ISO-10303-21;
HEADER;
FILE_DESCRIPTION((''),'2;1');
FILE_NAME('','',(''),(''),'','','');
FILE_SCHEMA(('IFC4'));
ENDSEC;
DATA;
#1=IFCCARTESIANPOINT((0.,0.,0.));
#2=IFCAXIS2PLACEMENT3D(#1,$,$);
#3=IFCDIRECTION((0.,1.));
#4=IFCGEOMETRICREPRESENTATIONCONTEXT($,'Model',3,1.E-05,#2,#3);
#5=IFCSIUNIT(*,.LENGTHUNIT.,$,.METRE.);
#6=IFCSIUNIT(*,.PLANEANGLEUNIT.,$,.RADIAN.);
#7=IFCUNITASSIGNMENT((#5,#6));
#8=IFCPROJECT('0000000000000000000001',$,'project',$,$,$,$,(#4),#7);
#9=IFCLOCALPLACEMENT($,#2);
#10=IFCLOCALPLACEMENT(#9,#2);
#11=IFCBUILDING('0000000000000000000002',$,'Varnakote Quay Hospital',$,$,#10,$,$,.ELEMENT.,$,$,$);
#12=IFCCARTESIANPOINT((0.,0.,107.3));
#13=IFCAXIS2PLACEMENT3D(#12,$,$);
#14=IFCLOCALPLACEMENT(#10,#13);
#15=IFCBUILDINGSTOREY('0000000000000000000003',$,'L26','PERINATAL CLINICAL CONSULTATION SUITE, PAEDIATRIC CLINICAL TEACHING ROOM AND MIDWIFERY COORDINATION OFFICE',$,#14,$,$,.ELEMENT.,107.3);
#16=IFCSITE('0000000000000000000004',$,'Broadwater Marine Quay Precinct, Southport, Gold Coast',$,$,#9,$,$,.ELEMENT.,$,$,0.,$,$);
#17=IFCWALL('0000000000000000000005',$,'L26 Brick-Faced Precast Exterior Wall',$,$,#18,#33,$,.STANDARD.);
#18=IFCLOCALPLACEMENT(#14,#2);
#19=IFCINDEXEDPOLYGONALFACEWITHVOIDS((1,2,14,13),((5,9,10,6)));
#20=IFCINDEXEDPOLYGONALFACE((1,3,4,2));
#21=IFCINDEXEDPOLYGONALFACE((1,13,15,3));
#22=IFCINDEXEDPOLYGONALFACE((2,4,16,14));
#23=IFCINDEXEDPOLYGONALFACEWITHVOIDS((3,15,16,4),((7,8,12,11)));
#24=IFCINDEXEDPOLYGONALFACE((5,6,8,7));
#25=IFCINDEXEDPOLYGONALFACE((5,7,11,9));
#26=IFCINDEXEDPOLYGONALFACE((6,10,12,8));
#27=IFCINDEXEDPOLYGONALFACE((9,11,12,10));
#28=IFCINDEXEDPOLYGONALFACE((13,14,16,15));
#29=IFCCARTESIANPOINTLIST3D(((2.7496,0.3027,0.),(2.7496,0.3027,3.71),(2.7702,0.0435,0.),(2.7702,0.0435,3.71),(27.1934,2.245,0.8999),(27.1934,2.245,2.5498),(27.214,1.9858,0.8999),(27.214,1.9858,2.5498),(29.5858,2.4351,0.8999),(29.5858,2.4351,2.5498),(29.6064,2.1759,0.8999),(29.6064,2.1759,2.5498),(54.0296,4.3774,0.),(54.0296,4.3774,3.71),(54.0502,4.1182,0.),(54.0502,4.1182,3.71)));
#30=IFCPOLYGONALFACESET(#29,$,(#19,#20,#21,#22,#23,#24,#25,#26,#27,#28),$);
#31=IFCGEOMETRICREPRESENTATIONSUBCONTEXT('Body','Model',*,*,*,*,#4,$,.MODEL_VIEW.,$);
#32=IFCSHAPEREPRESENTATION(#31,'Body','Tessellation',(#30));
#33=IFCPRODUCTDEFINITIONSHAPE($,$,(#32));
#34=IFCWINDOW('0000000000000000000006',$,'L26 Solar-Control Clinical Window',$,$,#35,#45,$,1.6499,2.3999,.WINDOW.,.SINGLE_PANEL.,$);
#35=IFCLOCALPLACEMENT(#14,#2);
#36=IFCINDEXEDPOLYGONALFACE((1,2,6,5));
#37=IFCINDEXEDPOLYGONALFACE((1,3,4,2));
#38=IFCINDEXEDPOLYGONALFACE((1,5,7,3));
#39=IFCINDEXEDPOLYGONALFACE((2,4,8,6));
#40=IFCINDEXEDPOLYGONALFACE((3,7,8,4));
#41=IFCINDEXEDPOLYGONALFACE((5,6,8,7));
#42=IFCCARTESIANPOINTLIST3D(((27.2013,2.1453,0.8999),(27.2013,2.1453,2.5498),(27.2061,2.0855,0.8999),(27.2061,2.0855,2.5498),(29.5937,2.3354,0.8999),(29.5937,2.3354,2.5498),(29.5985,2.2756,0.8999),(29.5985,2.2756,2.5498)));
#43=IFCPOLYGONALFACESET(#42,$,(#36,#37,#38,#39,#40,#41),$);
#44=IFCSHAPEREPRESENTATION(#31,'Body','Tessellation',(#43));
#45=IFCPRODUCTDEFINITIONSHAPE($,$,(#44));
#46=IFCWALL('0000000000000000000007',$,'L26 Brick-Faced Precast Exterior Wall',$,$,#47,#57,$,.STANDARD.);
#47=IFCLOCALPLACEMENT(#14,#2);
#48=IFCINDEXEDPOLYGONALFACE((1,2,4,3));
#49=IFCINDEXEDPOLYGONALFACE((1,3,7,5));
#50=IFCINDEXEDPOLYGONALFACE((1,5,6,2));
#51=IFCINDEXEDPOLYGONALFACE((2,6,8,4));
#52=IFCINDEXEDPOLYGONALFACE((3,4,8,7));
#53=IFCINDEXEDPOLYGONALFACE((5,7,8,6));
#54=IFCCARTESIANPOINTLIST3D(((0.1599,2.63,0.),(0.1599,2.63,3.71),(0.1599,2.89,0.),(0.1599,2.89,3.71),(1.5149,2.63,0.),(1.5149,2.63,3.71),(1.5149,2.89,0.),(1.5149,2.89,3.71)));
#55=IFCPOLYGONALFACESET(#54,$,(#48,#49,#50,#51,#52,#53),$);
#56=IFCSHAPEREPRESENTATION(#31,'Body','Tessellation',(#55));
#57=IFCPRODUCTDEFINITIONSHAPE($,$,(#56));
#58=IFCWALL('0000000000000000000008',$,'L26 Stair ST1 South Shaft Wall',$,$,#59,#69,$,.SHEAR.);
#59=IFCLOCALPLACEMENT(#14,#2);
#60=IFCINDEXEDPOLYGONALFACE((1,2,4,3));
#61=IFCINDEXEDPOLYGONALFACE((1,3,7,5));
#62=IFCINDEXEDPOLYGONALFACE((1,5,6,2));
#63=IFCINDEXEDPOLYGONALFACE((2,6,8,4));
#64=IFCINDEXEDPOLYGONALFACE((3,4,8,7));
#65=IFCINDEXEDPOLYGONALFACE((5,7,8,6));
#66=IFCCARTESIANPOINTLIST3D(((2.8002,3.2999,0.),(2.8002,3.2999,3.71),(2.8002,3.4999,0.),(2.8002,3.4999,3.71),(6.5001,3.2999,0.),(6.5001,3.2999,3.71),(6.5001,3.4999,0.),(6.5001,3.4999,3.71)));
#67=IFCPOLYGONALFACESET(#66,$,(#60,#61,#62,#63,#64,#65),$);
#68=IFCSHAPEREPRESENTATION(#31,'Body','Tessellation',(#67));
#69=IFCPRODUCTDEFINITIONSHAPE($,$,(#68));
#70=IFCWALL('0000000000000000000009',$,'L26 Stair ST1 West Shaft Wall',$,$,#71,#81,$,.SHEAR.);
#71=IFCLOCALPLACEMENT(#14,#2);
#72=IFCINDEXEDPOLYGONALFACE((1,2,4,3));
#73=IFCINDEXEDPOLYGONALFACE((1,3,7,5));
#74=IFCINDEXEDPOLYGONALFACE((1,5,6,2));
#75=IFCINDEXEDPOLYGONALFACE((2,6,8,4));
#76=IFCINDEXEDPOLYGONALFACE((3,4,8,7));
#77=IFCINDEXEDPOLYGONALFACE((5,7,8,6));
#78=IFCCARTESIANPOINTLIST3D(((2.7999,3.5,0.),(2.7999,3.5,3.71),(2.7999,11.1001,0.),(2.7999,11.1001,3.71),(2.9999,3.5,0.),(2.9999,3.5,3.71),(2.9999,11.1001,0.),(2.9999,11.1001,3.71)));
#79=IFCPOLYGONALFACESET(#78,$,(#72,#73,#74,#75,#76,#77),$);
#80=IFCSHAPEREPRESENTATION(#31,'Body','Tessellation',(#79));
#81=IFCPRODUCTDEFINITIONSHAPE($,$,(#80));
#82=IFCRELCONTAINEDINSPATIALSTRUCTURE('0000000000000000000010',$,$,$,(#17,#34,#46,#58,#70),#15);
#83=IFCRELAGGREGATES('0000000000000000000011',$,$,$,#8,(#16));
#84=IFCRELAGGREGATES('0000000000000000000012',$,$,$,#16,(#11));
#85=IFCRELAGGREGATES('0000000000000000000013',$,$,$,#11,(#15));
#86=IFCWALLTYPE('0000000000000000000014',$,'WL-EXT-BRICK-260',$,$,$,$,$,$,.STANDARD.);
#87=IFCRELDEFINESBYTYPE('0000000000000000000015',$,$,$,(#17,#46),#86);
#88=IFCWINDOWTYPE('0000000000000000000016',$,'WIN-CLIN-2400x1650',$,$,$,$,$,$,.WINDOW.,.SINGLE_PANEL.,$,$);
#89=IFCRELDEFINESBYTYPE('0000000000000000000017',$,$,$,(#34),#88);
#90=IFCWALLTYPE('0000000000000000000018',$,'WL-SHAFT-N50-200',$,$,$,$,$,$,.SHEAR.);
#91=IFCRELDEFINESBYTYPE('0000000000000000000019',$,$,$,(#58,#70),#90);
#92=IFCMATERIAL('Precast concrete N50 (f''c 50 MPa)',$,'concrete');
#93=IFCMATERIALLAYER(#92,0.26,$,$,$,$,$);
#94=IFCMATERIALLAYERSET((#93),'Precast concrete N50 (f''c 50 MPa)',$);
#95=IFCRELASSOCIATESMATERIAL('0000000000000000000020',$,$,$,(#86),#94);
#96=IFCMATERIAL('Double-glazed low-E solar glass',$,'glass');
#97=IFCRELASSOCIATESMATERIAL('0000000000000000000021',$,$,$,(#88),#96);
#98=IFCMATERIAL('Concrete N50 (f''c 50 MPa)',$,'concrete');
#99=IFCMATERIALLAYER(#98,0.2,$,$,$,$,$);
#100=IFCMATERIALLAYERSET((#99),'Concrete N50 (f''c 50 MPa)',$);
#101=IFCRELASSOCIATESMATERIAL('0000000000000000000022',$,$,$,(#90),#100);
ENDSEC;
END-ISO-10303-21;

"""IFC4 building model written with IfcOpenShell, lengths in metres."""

from ifc_helpers import new_model, si_unit, direction, frame, frame_2d, origin, place, context, subcontext, project, spatial, rectangle, extrude, material, layer, layer_set, type_object, element, fill, save


model = new_model("IFC4")

# Units and contexts
model_context = context("Model", 3, precision=1e-05, world=origin(), true_north=direction((0.0, 1.0)))
body_context = subcontext(model_context, "Body", "Model", "MODEL_VIEW")
ifc_project = project(units=[si_unit("LENGTHUNIT", "METRE"), si_unit("PLANEANGLEUNIT", "RADIAN")], contexts=[model_context])

# Site, building, storey
site_placement = place(None, origin())
site = spatial("IfcSite", under=ifc_project, at=site_placement, Name="Broadwater Marine Quay Precinct, Southport, Gold Coast", CompositionType="ELEMENT", RefElevation=0.0)
building_placement = place(site_placement, origin())
building = spatial("IfcBuilding", under=site, at=building_placement, Name="Varnakote Quay Hospital", CompositionType="ELEMENT")
storey_placement = place(building_placement, frame((0.0, 0.0, 107.3)))
storey = spatial("IfcBuildingStorey", under=building, at=storey_placement, Name="L26", Description="PERINATAL CLINICAL CONSULTATION SUITE, PAEDIATRIC CLINICAL TEACHING ROOM AND MIDWIFERY COORDINATION OFFICE", CompositionType="ELEMENT", Elevation=107.3)

# Shared definitions
ifc_material_1 = material(Name="Precast concrete N50 (f'c 50 MPa)", Category="concrete")
ifc_layer_1 = layer(ifc_material_1, 0.26)
ifc_layer_set_1 = layer_set([ifc_layer_1], Name="Precast concrete N50 (f'c 50 MPa)")
wall_type_1 = type_object("IfcWallType", Name="WL-EXT-BRICK-260", PredefinedType="STANDARD", material=ifc_layer_set_1)

# Wall, opening, window
wall_1_placement = place(storey_placement, frame((2.76, 0.1731, 0.0), z_axis=(0.0, 0.0, 1.0), x_axis=(0.996858, 0.07921, 0.0)))
wall_1 = element("IfcWall", 1, at=wall_1_placement, inside=storey, type_object=wall_type_1, Name="L26 Brick-Faced Precast Exterior Wall", PredefinedType="STANDARD", context=body_context, shape_type="SweptSolid", body=[
    extrude(rectangle(XDim=51.4417, YDim=0.26, at=frame_2d((25.7207, 0.0))), origin(), (0.0, 0.0, 1.0), 3.71),
])
opening_1_placement = place(wall_1_placement, frame((24.5208, 0.0, 0.8999)))
opening_1 = element("IfcOpeningElement", 2, at=opening_1_placement, cuts=wall_1, PredefinedType="OPENING", context=body_context, shape_type="SweptSolid", body=[
    extrude(rectangle(XDim=2.3999, YDim=1.6499, at=frame_2d((1.2, 0.825))), frame((0.0, 0.1399, 0.0), z_axis=(0.0, -1.0, 0.0), x_axis=(1.0, 0.0, 0.0)), (0.0, 0.0, 1.0), 0.28),
])
ifc_material_2 = material(Name="Double-glazed low-E solar glass", Category="glass")
window_type = type_object("IfcWindowType", Name="WIN-CLIN-2400x1650", PartitioningType="SINGLE_PANEL", PredefinedType="WINDOW", material=ifc_material_2)
window_placement = place(opening_1_placement, origin())
window = element("IfcWindow", 3, at=window_placement, inside=storey, type_object=window_type, Name="L26 Solar-Control Clinical Window", OverallHeight=1.6499, OverallWidth=2.3999, PartitioningType="SINGLE_PANEL", PredefinedType="WINDOW", context=body_context, shape_type="SweptSolid", body=[
    extrude(rectangle(XDim=2.3999, YDim=1.6499, at=frame_2d((1.2, 0.825))), frame((0.0, 0.03, 0.0), z_axis=(0.0, -1.0, 0.0), x_axis=(1.0, 0.0, 0.0)), (0.0, 0.0, 1.0), 0.0601),
])
fill(opening_1, window)

# Walls
wall_2_placement = place(storey_placement, frame((0.1599, 2.76, 0.0), z_axis=(0.0, 0.0, 1.0), x_axis=(1.0, 0.0, 0.0)))
element("IfcWall", 4, at=wall_2_placement, inside=storey, type_object=wall_type_1, Name="L26 Brick-Faced Precast Exterior Wall", PredefinedType="STANDARD", context=body_context, shape_type="SweptSolid", body=[
    extrude(rectangle(XDim=1.355, YDim=0.26, at=frame_2d((0.6775, 0.0))), origin(), (0.0, 0.0, 1.0), 3.71),
])
ifc_material_3 = material(Name="Concrete N50 (f'c 50 MPa)", Category="concrete")
ifc_layer_2 = layer(ifc_material_3, 0.2)
ifc_layer_set_2 = layer_set([ifc_layer_2], Name="Concrete N50 (f'c 50 MPa)")
wall_type_2 = type_object("IfcWallType", Name="WL-SHAFT-N50-200", PredefinedType="SHEAR", material=ifc_layer_set_2)
wall_3_placement = place(storey_placement, frame((2.8, 3.3999, 0.0), z_axis=(0.0, 0.0, 1.0), x_axis=(1.0, 0.0, 0.0)))
element("IfcWall", 5, at=wall_3_placement, inside=storey, type_object=wall_type_2, Name="L26 Stair ST1 South Shaft Wall", PredefinedType="SHEAR", context=body_context, shape_type="SweptSolid", body=[
    extrude(rectangle(XDim=3.7, YDim=0.2, at=frame_2d((1.8501, 0.0))), origin(), (0.0, 0.0, 1.0), 3.71),
])
wall_4_placement = place(storey_placement, frame((2.8999, 3.5, 0.0), z_axis=(0.0, 0.0, 1.0), x_axis=(0.0, 1.0, 0.0)))
element("IfcWall", 6, at=wall_4_placement, inside=storey, type_object=wall_type_2, Name="L26 Stair ST1 West Shaft Wall", PredefinedType="SHEAR", context=body_context, shape_type="SweptSolid", body=[
    extrude(rectangle(XDim=7.6001, YDim=0.2, at=frame_2d((3.8, 0.0))), origin(), (0.0, 0.0, 1.0), 3.71),
])

save(model, "model.ifc")
